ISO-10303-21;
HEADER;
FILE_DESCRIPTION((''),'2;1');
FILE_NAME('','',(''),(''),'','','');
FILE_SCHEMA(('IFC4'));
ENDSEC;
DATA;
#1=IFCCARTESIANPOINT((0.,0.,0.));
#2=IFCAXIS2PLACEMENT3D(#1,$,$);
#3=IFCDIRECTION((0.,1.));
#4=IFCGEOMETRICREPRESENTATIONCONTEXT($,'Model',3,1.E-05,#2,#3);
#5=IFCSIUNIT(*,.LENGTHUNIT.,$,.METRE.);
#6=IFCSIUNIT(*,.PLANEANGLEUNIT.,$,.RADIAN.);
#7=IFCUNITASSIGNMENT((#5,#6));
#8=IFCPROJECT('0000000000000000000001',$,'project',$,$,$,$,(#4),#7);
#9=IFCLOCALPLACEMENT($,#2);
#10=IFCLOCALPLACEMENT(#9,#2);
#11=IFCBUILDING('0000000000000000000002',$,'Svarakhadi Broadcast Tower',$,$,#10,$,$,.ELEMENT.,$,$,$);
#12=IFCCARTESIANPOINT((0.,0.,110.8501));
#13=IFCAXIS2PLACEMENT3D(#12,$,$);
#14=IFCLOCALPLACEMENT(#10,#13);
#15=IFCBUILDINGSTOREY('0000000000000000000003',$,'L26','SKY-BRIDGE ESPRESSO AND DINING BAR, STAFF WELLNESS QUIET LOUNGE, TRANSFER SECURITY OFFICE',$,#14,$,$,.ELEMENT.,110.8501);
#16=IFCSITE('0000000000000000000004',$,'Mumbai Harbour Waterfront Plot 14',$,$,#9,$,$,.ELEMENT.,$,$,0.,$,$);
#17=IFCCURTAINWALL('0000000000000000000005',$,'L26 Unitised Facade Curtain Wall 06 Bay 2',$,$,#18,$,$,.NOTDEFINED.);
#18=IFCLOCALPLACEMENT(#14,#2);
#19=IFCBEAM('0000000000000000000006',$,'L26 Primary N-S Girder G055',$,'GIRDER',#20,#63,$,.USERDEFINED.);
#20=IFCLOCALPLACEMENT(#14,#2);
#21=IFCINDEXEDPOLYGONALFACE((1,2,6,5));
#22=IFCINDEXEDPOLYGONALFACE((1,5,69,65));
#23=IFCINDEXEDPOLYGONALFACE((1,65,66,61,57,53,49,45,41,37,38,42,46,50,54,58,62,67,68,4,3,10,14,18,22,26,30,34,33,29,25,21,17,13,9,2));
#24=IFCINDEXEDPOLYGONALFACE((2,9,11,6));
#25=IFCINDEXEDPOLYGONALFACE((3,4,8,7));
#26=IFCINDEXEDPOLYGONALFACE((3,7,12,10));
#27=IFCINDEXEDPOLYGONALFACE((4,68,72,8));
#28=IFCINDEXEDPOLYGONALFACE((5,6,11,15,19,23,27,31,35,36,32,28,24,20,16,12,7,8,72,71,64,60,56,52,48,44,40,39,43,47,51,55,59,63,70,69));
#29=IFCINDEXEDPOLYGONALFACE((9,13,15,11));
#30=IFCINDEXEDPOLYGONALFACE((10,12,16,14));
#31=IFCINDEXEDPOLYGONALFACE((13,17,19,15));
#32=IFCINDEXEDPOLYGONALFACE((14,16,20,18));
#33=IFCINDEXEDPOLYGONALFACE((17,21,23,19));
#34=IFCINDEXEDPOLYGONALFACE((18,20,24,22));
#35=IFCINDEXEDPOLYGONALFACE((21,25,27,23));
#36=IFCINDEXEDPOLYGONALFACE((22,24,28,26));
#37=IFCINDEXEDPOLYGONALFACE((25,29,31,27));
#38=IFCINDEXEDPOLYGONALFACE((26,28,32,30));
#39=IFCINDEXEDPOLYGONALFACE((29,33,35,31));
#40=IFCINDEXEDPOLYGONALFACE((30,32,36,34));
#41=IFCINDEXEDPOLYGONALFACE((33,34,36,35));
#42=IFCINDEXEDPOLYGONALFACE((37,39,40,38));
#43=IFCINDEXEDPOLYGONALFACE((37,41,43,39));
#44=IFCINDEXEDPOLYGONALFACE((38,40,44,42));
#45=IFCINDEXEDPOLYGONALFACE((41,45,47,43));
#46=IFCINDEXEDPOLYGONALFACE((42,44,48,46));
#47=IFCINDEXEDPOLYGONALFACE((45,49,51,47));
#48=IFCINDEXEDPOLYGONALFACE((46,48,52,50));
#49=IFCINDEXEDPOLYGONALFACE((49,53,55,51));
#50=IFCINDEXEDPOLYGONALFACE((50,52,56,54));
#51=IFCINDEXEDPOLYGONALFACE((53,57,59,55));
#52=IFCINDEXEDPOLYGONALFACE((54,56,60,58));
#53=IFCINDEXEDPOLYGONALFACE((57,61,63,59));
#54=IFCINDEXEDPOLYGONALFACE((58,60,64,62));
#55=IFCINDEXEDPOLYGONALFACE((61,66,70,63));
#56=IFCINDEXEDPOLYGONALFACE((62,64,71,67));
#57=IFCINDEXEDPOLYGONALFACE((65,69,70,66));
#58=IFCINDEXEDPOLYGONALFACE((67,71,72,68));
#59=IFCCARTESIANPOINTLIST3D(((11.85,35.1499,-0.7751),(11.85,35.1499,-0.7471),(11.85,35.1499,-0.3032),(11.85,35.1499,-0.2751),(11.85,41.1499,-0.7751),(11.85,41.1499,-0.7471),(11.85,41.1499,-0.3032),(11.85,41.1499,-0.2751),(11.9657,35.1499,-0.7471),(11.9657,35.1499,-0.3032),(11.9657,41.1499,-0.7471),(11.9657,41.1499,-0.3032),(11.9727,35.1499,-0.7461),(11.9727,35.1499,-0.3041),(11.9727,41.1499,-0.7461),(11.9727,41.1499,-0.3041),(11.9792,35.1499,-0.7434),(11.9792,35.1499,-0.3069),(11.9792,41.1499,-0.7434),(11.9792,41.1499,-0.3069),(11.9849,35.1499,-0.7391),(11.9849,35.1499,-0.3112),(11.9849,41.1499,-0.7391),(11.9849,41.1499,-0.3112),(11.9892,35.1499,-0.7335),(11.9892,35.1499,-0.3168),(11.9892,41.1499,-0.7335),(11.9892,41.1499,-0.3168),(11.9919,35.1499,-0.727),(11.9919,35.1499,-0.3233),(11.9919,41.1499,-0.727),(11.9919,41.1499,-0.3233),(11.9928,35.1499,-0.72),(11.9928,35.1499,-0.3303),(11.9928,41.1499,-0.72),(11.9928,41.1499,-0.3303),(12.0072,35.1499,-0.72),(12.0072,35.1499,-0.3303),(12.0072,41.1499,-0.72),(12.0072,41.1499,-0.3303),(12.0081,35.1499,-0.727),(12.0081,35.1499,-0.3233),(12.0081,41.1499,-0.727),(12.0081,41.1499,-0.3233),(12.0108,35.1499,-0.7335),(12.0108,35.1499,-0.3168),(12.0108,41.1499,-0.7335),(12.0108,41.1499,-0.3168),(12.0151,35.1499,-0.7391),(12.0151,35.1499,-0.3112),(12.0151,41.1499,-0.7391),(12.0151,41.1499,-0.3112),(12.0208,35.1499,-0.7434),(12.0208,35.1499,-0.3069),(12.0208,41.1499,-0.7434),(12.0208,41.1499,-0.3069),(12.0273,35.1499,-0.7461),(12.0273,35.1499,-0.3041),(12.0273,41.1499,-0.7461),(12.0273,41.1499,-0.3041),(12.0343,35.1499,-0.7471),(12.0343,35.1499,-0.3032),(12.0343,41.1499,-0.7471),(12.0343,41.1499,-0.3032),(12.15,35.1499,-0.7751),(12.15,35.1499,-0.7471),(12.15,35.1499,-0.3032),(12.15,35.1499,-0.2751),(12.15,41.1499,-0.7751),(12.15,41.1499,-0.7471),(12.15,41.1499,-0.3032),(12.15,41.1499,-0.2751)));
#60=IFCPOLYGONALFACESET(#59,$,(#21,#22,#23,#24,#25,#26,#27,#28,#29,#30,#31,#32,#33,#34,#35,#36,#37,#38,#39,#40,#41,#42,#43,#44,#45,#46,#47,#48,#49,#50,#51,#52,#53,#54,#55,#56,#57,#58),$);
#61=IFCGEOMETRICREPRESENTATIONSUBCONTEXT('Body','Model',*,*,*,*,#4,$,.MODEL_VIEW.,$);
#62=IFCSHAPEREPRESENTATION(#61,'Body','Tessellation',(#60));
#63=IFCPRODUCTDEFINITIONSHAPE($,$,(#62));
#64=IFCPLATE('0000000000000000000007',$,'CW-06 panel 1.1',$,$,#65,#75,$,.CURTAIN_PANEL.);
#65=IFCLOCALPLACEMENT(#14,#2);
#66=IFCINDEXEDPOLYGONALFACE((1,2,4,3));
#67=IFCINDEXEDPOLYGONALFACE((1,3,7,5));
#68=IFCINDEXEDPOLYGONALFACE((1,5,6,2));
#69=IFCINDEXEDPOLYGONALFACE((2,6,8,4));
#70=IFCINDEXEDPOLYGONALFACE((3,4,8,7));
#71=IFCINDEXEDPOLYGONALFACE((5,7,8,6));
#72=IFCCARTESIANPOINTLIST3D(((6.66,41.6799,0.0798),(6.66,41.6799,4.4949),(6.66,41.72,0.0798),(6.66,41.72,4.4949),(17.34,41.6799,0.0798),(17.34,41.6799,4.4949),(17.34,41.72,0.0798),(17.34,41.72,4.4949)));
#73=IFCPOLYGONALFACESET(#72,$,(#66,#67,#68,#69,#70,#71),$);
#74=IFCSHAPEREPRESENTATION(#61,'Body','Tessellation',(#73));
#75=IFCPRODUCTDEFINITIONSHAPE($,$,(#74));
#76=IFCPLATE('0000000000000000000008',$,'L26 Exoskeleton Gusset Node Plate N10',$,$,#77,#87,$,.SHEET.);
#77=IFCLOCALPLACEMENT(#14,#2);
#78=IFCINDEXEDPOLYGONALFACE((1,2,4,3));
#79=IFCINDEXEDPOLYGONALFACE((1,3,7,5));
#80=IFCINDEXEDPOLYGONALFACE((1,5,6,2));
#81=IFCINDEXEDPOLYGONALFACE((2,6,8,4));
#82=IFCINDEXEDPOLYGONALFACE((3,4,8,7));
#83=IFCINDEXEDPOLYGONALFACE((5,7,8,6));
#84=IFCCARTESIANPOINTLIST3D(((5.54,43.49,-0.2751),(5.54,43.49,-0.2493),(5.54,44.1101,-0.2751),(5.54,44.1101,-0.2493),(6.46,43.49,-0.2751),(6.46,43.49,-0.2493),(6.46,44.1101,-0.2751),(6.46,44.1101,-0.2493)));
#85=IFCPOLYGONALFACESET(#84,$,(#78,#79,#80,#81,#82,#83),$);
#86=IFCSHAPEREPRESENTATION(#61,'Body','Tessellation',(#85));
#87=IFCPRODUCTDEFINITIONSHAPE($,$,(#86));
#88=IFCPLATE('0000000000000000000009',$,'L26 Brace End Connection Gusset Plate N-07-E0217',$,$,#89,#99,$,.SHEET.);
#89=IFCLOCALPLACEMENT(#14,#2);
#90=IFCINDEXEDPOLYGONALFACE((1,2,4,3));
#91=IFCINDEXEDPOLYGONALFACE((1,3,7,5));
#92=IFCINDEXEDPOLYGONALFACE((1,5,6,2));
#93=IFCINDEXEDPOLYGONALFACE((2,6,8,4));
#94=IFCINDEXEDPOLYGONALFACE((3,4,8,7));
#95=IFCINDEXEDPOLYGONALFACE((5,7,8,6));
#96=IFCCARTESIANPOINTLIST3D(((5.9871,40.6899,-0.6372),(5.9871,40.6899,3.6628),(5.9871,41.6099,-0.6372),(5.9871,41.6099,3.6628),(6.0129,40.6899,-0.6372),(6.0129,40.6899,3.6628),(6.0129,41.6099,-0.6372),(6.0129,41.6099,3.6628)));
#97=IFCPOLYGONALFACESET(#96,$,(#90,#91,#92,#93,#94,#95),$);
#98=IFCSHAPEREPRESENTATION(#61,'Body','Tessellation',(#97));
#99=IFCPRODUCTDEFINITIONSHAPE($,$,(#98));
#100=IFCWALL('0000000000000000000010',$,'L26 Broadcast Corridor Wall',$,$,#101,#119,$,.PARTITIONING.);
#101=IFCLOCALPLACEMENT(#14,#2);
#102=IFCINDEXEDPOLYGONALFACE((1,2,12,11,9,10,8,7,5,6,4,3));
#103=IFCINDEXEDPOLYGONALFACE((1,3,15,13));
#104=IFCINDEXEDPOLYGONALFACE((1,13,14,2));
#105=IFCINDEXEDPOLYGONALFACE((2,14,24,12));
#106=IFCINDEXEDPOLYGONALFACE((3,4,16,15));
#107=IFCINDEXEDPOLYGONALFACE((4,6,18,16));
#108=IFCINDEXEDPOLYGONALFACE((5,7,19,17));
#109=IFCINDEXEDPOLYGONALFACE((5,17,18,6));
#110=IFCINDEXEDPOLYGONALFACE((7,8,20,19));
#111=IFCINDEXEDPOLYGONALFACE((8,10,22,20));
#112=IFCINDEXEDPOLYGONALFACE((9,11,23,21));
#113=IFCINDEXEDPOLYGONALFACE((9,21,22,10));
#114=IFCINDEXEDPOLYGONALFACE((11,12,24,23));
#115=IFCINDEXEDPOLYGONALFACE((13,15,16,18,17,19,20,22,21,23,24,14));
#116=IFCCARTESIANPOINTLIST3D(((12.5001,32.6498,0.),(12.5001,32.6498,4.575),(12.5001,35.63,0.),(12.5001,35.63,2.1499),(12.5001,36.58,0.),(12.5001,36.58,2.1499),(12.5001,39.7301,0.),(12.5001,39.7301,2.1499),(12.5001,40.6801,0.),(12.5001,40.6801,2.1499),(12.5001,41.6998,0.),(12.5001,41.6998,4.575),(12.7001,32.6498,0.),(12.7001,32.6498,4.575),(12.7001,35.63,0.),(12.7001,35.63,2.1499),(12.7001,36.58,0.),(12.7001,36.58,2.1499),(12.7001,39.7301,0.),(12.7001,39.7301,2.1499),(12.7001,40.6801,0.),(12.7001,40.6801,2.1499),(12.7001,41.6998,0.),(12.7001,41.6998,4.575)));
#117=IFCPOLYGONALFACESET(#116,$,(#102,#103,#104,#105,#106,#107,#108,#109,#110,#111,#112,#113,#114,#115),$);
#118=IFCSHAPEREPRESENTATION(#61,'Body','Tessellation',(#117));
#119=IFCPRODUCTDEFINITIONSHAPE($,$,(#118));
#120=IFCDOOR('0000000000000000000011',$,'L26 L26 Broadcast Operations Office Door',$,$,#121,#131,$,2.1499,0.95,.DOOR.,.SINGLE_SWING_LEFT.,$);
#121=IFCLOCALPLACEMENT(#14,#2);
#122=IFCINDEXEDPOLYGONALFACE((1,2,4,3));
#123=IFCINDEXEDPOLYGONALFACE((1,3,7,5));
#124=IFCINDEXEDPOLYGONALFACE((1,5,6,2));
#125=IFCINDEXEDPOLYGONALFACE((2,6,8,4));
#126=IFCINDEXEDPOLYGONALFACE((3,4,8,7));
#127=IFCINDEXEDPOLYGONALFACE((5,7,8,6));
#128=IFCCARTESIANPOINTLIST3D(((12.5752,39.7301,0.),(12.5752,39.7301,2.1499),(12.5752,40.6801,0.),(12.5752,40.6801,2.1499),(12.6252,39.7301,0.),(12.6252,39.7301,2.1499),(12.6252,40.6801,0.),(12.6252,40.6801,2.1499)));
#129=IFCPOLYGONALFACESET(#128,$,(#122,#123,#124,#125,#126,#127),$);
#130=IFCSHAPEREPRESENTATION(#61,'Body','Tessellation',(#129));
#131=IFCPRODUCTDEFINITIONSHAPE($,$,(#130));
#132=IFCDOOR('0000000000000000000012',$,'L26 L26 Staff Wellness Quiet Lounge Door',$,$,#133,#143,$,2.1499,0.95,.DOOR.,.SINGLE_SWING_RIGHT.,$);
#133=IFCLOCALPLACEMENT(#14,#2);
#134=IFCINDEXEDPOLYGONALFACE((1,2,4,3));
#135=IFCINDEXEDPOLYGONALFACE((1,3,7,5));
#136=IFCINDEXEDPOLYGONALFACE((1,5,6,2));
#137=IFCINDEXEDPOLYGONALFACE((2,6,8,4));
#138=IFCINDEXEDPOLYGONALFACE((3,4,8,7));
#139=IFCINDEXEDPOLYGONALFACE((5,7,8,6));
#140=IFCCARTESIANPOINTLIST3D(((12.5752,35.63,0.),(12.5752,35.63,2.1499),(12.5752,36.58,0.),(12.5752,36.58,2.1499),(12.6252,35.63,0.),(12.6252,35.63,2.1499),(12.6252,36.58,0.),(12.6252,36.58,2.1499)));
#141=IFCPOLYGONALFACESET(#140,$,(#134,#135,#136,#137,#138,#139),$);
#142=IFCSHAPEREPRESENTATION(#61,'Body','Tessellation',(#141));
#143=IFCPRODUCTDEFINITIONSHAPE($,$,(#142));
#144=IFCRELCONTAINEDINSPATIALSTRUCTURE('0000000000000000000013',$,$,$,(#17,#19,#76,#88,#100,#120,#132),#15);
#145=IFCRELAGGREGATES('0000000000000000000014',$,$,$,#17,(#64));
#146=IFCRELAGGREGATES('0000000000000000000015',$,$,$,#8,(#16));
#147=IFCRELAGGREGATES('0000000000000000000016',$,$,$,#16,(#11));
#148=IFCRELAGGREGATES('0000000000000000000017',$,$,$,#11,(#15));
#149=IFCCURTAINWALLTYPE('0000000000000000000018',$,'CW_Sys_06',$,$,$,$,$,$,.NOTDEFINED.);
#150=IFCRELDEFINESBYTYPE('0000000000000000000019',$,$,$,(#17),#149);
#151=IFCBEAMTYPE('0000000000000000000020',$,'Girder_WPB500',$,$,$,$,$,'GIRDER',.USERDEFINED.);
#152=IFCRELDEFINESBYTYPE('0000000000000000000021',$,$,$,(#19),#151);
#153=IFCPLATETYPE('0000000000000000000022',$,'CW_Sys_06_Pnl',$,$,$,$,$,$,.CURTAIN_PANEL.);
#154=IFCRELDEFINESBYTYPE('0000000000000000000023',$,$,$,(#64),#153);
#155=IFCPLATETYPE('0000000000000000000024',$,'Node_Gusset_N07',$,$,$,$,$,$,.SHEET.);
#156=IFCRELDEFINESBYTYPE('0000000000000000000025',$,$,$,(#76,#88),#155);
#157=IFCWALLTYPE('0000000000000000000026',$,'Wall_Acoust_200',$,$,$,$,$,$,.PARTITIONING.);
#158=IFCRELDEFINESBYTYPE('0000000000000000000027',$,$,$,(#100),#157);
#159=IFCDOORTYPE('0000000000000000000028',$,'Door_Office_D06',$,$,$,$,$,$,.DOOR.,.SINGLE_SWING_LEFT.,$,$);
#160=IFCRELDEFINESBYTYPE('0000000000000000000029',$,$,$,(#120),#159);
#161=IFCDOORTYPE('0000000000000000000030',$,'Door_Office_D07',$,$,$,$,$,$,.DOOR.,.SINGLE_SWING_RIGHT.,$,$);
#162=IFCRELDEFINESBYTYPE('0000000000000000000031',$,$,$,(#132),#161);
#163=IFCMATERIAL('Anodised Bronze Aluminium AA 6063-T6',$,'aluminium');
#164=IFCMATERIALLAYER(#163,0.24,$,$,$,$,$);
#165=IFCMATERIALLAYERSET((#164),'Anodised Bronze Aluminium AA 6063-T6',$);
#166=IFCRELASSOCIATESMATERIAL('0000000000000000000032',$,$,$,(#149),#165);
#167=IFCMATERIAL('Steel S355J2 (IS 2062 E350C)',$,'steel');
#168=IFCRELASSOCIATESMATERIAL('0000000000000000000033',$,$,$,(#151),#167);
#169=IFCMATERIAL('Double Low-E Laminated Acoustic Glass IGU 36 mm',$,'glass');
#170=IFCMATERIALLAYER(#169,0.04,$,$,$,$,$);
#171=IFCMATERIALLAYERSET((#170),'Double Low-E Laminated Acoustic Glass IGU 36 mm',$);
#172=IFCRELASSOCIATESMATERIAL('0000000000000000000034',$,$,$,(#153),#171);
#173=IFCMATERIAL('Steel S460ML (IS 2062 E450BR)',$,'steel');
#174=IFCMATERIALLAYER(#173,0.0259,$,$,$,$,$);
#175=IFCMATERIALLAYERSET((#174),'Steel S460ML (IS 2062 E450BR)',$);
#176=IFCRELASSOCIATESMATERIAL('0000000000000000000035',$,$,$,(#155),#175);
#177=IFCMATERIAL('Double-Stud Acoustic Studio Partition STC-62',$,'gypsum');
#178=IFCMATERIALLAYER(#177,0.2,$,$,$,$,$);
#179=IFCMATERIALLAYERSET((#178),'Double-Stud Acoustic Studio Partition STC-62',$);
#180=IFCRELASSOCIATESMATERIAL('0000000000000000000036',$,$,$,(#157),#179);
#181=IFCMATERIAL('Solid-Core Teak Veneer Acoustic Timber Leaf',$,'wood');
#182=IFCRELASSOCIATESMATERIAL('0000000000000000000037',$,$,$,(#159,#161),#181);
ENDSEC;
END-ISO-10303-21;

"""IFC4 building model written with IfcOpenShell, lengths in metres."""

from ifc_helpers import new_model, si_unit, direction, frame, frame_2d, origin, origin_2d, place, context, subcontext, project, spatial, rectangle, i_section, extrude, material, layer, layer_set, material_profile, profile_set, type_object, element, fill, aggregate, save


model = new_model("IFC4")

# Units and contexts
model_context = context("Model", 3, precision=1e-05, world=origin(), true_north=direction((0.0, 1.0)))
body_context = subcontext(model_context, "Body", "Model", "MODEL_VIEW")
ifc_project = project(units=[si_unit("LENGTHUNIT", "METRE"), si_unit("PLANEANGLEUNIT", "RADIAN")], contexts=[model_context])

# Site, building, storey
site_placement = place(None, origin())
site = spatial("IfcSite", under=ifc_project, at=site_placement, Name="Mumbai Harbour Waterfront Plot 14", CompositionType="ELEMENT", RefElevation=0.0)
building_placement = place(site_placement, origin())
building = spatial("IfcBuilding", under=site, at=building_placement, Name="Svarakhadi Broadcast Tower", CompositionType="ELEMENT")
storey_placement = place(building_placement, frame((0.0, 0.0, 110.8501)))
storey = spatial("IfcBuildingStorey", under=building, at=storey_placement, Name="L26", Description="SKY-BRIDGE ESPRESSO AND DINING BAR, STAFF WELLNESS QUIET LOUNGE, TRANSFER SECURITY OFFICE", CompositionType="ELEMENT", Elevation=110.8501)

# Shared definitions
ifc_material_1 = material(Name="Steel S460ML (IS 2062 E450BR)", Category="steel")

# Shared definitions
ifc_material_2 = material(Name="Steel S355J2 (IS 2062 E350C)", Category="steel")

# Curtain wall
ifc_material_3 = material(Name="Anodised Bronze Aluminium AA 6063-T6", Category="aluminium")
ifc_layer_1 = layer(ifc_material_3, 0.24)
ifc_layer_set_1 = layer_set([ifc_layer_1], Name="Anodised Bronze Aluminium AA 6063-T6")
curtain_wall_type = type_object("IfcCurtainWallType", Name="CW_Sys_06", PredefinedType="NOTDEFINED", material=ifc_layer_set_1)
curtain_wall_placement = place(storey_placement, origin())
curtain_wall = element("IfcCurtainWall", 1, at=curtain_wall_placement, inside=storey, type_object=curtain_wall_type, Name="L26 Unitised Facade Curtain Wall 06 Bay 2", PredefinedType="NOTDEFINED")

# Beam
ifc_material_profile_1 = material_profile(ifc_material_2, i_section(OverallWidth=0.3, OverallDepth=0.5, WebThickness=0.0144, FlangeThickness=0.0281, FilletRadius=0.0271, at=origin_2d()), Name="WPB 500x300x187")
ifc_profile_set_1 = profile_set([ifc_material_profile_1], Name="Steel S355J2 (IS 2062 E350C)")
beam_type_1 = type_object("IfcBeamType", Name="Girder_WPB500", ElementType="GIRDER", PredefinedType="USERDEFINED", material=ifc_profile_set_1)
for number, where, z_axis, x_axis, name in (
    (2, (12.0, 35.1499, -0.5251), (0.0, 1.0, 0.0), (-1.0, 0.0, 0.0), "L26 Primary N-S Girder G055"),
):
    element("IfcBeam", number, at=place(storey_placement, frame(where, z_axis=z_axis, x_axis=x_axis)), inside=storey, type_object=beam_type_1, Name=name, ObjectType="GIRDER", PredefinedType="USERDEFINED", context=body_context, shape_type="SweptSolid", body=[
        extrude(i_section(OverallWidth=0.3, OverallDepth=0.5, WebThickness=0.0144, FlangeThickness=0.0281, FilletRadius=0.0271, at=origin_2d()), origin(), (0.0, 0.0, 1.0), 6.0),
    ])

# Plate
ifc_material_4 = material(Name="Double Low-E Laminated Acoustic Glass IGU 36 mm", Category="glass")
ifc_layer_2 = layer(ifc_material_4, 0.04)
ifc_layer_set_2 = layer_set([ifc_layer_2], Name="Double Low-E Laminated Acoustic Glass IGU 36 mm")
plate_type_1 = type_object("IfcPlateType", Name="CW_Sys_06_Pnl", PredefinedType="CURTAIN_PANEL", material=ifc_layer_set_2)
plate_1_placement = place(storey_placement, frame((12.0, 41.7, 0.0798), z_axis=(0.0, 0.0, 1.0), x_axis=(1.0, 0.0, 0.0)))
plate_1 = element("IfcPlate", 3, at=plate_1_placement, type_object=plate_type_1, Name="CW-06 panel 1.1", PredefinedType="CURTAIN_PANEL", context=body_context, shape_type="SweptSolid", body=[
    extrude(rectangle(XDim=10.6799, YDim=0.04, at=origin_2d()), origin(), (0.0, 0.0, 1.0), 4.415),
])
aggregate(curtain_wall, [plate_1])

# Plates
ifc_layer_3 = layer(ifc_material_1, 0.0259)
ifc_layer_set_3 = layer_set([ifc_layer_3], Name="Steel S460ML (IS 2062 E450BR)")
plate_type_2 = type_object("IfcPlateType", Name="Node_Gusset_N07", PredefinedType="SHEET", material=ifc_layer_set_3)
plate_2_placement = place(storey_placement, frame((6.0, 43.8, -0.2751), z_axis=(0.0, 0.0, 1.0), x_axis=(1.0, 0.0, 0.0)))
element("IfcPlate", 4, at=plate_2_placement, inside=storey, type_object=plate_type_2, Name="L26 Exoskeleton Gusset Node Plate N10", PredefinedType="SHEET", context=body_context, shape_type="SweptSolid", body=[
    extrude(rectangle(XDim=0.9199, YDim=0.6201, at=origin_2d()), origin(), (0.0, 0.0, 1.0), 0.0259),
])
plate_3_placement = place(storey_placement, frame((6.0, 41.1499, -0.6372), z_axis=(0.0, 0.0, 1.0), x_axis=(0.0, 1.0, 0.0)))
element("IfcPlate", 5, at=plate_3_placement, inside=storey, type_object=plate_type_2, Name="L26 Brace End Connection Gusset Plate N-07-E0217", PredefinedType="SHEET", context=body_context, shape_type="SweptSolid", body=[
    extrude(rectangle(XDim=0.9199, YDim=0.0259, at=origin_2d()), origin(), (0.0, 0.0, 1.0), 4.3),
])

# Wall, openings, doors
ifc_material_5 = material(Name="Double-Stud Acoustic Studio Partition STC-62", Category="gypsum")
ifc_layer_4 = layer(ifc_material_5, 0.2)
ifc_layer_set_4 = layer_set([ifc_layer_4], Name="Double-Stud Acoustic Studio Partition STC-62")
wall_type_1 = type_object("IfcWallType", Name="Wall_Acoust_200", PredefinedType="PARTITIONING", material=ifc_layer_set_4)
wall_1_placement = place(storey_placement, frame((12.6001, 32.6499, 0.0), z_axis=(0.0, 0.0, 1.0), x_axis=(0.0, 1.0, 0.0)))
wall_1 = element("IfcWall", 6, at=wall_1_placement, inside=storey, type_object=wall_type_1, Name="L26 Broadcast Corridor Wall", PredefinedType="PARTITIONING", context=body_context, shape_type="SweptSolid", body=[
    extrude(rectangle(XDim=9.05, YDim=0.2, at=frame_2d((4.5249, 0.0))), origin(), (0.0, 0.0, 1.0), 4.575),
])
opening_1_placement = place(wall_1_placement, frame((2.98, 0.0, 0.0)))
opening_1 = element("IfcOpeningElement", 7, at=opening_1_placement, cuts=wall_1, PredefinedType="OPENING", context=body_context, shape_type="SweptSolid", body=[
    extrude(rectangle(XDim=0.95, YDim=2.1499, at=frame_2d((0.4751, 1.075))), frame((0.0, 0.1099, 0.0), z_axis=(0.0, -1.0, 0.0), x_axis=(1.0, 0.0, 0.0)), (0.0, 0.0, 1.0), 0.22),
])
opening_2_placement = place(wall_1_placement, frame((7.0801, 0.0, 0.0)))
opening_2 = element("IfcOpeningElement", 8, at=opening_2_placement, cuts=wall_1, PredefinedType="OPENING", context=body_context, shape_type="SweptSolid", body=[
    extrude(rectangle(XDim=0.95, YDim=2.1499, at=frame_2d((0.4751, 1.075))), frame((0.0, 0.1099, 0.0), z_axis=(0.0, -1.0, 0.0), x_axis=(1.0, 0.0, 0.0)), (0.0, 0.0, 1.0), 0.22),
])
ifc_material_6 = material(Name="Solid-Core Teak Veneer Acoustic Timber Leaf", Category="wood")
door_type_1 = type_object("IfcDoorType", Name="Door_Office_D06", OperationType="SINGLE_SWING_LEFT", PredefinedType="DOOR", material=ifc_material_6)
door_1_placement = place(opening_2_placement, origin())
door_1 = element("IfcDoor", 9, at=door_1_placement, inside=storey, type_object=door_type_1, Name="L26 L26 Broadcast Operations Office Door", OperationType="SINGLE_SWING_LEFT", OverallHeight=2.1499, OverallWidth=0.95, PredefinedType="DOOR", context=body_context, shape_type="SweptSolid", body=[
    extrude(rectangle(XDim=0.95, YDim=2.1499, at=frame_2d((0.4751, 1.075))), frame((0.0, 0.0249, 0.0), z_axis=(0.0, -1.0, 0.0), x_axis=(1.0, 0.0, 0.0)), (0.0, 0.0, 1.0), 0.05),
])
fill(opening_2, door_1)
door_type_2 = type_object("IfcDoorType", Name="Door_Office_D07", OperationType="SINGLE_SWING_RIGHT", PredefinedType="DOOR", material=ifc_material_6)
door_2_placement = place(opening_1_placement, origin())
door_2 = element("IfcDoor", 10, at=door_2_placement, inside=storey, type_object=door_type_2, Name="L26 L26 Staff Wellness Quiet Lounge Door", OperationType="SINGLE_SWING_RIGHT", OverallHeight=2.1499, OverallWidth=0.95, PredefinedType="DOOR", context=body_context, shape_type="SweptSolid", body=[
    extrude(rectangle(XDim=0.95, YDim=2.1499, at=frame_2d((0.4751, 1.075))), frame((0.0, 0.0249, 0.0), z_axis=(0.0, -1.0, 0.0), x_axis=(1.0, 0.0, 0.0)), (0.0, 0.0, 1.0), 0.05),
])
fill(opening_1, door_2)

save(model, "model.ifc")
